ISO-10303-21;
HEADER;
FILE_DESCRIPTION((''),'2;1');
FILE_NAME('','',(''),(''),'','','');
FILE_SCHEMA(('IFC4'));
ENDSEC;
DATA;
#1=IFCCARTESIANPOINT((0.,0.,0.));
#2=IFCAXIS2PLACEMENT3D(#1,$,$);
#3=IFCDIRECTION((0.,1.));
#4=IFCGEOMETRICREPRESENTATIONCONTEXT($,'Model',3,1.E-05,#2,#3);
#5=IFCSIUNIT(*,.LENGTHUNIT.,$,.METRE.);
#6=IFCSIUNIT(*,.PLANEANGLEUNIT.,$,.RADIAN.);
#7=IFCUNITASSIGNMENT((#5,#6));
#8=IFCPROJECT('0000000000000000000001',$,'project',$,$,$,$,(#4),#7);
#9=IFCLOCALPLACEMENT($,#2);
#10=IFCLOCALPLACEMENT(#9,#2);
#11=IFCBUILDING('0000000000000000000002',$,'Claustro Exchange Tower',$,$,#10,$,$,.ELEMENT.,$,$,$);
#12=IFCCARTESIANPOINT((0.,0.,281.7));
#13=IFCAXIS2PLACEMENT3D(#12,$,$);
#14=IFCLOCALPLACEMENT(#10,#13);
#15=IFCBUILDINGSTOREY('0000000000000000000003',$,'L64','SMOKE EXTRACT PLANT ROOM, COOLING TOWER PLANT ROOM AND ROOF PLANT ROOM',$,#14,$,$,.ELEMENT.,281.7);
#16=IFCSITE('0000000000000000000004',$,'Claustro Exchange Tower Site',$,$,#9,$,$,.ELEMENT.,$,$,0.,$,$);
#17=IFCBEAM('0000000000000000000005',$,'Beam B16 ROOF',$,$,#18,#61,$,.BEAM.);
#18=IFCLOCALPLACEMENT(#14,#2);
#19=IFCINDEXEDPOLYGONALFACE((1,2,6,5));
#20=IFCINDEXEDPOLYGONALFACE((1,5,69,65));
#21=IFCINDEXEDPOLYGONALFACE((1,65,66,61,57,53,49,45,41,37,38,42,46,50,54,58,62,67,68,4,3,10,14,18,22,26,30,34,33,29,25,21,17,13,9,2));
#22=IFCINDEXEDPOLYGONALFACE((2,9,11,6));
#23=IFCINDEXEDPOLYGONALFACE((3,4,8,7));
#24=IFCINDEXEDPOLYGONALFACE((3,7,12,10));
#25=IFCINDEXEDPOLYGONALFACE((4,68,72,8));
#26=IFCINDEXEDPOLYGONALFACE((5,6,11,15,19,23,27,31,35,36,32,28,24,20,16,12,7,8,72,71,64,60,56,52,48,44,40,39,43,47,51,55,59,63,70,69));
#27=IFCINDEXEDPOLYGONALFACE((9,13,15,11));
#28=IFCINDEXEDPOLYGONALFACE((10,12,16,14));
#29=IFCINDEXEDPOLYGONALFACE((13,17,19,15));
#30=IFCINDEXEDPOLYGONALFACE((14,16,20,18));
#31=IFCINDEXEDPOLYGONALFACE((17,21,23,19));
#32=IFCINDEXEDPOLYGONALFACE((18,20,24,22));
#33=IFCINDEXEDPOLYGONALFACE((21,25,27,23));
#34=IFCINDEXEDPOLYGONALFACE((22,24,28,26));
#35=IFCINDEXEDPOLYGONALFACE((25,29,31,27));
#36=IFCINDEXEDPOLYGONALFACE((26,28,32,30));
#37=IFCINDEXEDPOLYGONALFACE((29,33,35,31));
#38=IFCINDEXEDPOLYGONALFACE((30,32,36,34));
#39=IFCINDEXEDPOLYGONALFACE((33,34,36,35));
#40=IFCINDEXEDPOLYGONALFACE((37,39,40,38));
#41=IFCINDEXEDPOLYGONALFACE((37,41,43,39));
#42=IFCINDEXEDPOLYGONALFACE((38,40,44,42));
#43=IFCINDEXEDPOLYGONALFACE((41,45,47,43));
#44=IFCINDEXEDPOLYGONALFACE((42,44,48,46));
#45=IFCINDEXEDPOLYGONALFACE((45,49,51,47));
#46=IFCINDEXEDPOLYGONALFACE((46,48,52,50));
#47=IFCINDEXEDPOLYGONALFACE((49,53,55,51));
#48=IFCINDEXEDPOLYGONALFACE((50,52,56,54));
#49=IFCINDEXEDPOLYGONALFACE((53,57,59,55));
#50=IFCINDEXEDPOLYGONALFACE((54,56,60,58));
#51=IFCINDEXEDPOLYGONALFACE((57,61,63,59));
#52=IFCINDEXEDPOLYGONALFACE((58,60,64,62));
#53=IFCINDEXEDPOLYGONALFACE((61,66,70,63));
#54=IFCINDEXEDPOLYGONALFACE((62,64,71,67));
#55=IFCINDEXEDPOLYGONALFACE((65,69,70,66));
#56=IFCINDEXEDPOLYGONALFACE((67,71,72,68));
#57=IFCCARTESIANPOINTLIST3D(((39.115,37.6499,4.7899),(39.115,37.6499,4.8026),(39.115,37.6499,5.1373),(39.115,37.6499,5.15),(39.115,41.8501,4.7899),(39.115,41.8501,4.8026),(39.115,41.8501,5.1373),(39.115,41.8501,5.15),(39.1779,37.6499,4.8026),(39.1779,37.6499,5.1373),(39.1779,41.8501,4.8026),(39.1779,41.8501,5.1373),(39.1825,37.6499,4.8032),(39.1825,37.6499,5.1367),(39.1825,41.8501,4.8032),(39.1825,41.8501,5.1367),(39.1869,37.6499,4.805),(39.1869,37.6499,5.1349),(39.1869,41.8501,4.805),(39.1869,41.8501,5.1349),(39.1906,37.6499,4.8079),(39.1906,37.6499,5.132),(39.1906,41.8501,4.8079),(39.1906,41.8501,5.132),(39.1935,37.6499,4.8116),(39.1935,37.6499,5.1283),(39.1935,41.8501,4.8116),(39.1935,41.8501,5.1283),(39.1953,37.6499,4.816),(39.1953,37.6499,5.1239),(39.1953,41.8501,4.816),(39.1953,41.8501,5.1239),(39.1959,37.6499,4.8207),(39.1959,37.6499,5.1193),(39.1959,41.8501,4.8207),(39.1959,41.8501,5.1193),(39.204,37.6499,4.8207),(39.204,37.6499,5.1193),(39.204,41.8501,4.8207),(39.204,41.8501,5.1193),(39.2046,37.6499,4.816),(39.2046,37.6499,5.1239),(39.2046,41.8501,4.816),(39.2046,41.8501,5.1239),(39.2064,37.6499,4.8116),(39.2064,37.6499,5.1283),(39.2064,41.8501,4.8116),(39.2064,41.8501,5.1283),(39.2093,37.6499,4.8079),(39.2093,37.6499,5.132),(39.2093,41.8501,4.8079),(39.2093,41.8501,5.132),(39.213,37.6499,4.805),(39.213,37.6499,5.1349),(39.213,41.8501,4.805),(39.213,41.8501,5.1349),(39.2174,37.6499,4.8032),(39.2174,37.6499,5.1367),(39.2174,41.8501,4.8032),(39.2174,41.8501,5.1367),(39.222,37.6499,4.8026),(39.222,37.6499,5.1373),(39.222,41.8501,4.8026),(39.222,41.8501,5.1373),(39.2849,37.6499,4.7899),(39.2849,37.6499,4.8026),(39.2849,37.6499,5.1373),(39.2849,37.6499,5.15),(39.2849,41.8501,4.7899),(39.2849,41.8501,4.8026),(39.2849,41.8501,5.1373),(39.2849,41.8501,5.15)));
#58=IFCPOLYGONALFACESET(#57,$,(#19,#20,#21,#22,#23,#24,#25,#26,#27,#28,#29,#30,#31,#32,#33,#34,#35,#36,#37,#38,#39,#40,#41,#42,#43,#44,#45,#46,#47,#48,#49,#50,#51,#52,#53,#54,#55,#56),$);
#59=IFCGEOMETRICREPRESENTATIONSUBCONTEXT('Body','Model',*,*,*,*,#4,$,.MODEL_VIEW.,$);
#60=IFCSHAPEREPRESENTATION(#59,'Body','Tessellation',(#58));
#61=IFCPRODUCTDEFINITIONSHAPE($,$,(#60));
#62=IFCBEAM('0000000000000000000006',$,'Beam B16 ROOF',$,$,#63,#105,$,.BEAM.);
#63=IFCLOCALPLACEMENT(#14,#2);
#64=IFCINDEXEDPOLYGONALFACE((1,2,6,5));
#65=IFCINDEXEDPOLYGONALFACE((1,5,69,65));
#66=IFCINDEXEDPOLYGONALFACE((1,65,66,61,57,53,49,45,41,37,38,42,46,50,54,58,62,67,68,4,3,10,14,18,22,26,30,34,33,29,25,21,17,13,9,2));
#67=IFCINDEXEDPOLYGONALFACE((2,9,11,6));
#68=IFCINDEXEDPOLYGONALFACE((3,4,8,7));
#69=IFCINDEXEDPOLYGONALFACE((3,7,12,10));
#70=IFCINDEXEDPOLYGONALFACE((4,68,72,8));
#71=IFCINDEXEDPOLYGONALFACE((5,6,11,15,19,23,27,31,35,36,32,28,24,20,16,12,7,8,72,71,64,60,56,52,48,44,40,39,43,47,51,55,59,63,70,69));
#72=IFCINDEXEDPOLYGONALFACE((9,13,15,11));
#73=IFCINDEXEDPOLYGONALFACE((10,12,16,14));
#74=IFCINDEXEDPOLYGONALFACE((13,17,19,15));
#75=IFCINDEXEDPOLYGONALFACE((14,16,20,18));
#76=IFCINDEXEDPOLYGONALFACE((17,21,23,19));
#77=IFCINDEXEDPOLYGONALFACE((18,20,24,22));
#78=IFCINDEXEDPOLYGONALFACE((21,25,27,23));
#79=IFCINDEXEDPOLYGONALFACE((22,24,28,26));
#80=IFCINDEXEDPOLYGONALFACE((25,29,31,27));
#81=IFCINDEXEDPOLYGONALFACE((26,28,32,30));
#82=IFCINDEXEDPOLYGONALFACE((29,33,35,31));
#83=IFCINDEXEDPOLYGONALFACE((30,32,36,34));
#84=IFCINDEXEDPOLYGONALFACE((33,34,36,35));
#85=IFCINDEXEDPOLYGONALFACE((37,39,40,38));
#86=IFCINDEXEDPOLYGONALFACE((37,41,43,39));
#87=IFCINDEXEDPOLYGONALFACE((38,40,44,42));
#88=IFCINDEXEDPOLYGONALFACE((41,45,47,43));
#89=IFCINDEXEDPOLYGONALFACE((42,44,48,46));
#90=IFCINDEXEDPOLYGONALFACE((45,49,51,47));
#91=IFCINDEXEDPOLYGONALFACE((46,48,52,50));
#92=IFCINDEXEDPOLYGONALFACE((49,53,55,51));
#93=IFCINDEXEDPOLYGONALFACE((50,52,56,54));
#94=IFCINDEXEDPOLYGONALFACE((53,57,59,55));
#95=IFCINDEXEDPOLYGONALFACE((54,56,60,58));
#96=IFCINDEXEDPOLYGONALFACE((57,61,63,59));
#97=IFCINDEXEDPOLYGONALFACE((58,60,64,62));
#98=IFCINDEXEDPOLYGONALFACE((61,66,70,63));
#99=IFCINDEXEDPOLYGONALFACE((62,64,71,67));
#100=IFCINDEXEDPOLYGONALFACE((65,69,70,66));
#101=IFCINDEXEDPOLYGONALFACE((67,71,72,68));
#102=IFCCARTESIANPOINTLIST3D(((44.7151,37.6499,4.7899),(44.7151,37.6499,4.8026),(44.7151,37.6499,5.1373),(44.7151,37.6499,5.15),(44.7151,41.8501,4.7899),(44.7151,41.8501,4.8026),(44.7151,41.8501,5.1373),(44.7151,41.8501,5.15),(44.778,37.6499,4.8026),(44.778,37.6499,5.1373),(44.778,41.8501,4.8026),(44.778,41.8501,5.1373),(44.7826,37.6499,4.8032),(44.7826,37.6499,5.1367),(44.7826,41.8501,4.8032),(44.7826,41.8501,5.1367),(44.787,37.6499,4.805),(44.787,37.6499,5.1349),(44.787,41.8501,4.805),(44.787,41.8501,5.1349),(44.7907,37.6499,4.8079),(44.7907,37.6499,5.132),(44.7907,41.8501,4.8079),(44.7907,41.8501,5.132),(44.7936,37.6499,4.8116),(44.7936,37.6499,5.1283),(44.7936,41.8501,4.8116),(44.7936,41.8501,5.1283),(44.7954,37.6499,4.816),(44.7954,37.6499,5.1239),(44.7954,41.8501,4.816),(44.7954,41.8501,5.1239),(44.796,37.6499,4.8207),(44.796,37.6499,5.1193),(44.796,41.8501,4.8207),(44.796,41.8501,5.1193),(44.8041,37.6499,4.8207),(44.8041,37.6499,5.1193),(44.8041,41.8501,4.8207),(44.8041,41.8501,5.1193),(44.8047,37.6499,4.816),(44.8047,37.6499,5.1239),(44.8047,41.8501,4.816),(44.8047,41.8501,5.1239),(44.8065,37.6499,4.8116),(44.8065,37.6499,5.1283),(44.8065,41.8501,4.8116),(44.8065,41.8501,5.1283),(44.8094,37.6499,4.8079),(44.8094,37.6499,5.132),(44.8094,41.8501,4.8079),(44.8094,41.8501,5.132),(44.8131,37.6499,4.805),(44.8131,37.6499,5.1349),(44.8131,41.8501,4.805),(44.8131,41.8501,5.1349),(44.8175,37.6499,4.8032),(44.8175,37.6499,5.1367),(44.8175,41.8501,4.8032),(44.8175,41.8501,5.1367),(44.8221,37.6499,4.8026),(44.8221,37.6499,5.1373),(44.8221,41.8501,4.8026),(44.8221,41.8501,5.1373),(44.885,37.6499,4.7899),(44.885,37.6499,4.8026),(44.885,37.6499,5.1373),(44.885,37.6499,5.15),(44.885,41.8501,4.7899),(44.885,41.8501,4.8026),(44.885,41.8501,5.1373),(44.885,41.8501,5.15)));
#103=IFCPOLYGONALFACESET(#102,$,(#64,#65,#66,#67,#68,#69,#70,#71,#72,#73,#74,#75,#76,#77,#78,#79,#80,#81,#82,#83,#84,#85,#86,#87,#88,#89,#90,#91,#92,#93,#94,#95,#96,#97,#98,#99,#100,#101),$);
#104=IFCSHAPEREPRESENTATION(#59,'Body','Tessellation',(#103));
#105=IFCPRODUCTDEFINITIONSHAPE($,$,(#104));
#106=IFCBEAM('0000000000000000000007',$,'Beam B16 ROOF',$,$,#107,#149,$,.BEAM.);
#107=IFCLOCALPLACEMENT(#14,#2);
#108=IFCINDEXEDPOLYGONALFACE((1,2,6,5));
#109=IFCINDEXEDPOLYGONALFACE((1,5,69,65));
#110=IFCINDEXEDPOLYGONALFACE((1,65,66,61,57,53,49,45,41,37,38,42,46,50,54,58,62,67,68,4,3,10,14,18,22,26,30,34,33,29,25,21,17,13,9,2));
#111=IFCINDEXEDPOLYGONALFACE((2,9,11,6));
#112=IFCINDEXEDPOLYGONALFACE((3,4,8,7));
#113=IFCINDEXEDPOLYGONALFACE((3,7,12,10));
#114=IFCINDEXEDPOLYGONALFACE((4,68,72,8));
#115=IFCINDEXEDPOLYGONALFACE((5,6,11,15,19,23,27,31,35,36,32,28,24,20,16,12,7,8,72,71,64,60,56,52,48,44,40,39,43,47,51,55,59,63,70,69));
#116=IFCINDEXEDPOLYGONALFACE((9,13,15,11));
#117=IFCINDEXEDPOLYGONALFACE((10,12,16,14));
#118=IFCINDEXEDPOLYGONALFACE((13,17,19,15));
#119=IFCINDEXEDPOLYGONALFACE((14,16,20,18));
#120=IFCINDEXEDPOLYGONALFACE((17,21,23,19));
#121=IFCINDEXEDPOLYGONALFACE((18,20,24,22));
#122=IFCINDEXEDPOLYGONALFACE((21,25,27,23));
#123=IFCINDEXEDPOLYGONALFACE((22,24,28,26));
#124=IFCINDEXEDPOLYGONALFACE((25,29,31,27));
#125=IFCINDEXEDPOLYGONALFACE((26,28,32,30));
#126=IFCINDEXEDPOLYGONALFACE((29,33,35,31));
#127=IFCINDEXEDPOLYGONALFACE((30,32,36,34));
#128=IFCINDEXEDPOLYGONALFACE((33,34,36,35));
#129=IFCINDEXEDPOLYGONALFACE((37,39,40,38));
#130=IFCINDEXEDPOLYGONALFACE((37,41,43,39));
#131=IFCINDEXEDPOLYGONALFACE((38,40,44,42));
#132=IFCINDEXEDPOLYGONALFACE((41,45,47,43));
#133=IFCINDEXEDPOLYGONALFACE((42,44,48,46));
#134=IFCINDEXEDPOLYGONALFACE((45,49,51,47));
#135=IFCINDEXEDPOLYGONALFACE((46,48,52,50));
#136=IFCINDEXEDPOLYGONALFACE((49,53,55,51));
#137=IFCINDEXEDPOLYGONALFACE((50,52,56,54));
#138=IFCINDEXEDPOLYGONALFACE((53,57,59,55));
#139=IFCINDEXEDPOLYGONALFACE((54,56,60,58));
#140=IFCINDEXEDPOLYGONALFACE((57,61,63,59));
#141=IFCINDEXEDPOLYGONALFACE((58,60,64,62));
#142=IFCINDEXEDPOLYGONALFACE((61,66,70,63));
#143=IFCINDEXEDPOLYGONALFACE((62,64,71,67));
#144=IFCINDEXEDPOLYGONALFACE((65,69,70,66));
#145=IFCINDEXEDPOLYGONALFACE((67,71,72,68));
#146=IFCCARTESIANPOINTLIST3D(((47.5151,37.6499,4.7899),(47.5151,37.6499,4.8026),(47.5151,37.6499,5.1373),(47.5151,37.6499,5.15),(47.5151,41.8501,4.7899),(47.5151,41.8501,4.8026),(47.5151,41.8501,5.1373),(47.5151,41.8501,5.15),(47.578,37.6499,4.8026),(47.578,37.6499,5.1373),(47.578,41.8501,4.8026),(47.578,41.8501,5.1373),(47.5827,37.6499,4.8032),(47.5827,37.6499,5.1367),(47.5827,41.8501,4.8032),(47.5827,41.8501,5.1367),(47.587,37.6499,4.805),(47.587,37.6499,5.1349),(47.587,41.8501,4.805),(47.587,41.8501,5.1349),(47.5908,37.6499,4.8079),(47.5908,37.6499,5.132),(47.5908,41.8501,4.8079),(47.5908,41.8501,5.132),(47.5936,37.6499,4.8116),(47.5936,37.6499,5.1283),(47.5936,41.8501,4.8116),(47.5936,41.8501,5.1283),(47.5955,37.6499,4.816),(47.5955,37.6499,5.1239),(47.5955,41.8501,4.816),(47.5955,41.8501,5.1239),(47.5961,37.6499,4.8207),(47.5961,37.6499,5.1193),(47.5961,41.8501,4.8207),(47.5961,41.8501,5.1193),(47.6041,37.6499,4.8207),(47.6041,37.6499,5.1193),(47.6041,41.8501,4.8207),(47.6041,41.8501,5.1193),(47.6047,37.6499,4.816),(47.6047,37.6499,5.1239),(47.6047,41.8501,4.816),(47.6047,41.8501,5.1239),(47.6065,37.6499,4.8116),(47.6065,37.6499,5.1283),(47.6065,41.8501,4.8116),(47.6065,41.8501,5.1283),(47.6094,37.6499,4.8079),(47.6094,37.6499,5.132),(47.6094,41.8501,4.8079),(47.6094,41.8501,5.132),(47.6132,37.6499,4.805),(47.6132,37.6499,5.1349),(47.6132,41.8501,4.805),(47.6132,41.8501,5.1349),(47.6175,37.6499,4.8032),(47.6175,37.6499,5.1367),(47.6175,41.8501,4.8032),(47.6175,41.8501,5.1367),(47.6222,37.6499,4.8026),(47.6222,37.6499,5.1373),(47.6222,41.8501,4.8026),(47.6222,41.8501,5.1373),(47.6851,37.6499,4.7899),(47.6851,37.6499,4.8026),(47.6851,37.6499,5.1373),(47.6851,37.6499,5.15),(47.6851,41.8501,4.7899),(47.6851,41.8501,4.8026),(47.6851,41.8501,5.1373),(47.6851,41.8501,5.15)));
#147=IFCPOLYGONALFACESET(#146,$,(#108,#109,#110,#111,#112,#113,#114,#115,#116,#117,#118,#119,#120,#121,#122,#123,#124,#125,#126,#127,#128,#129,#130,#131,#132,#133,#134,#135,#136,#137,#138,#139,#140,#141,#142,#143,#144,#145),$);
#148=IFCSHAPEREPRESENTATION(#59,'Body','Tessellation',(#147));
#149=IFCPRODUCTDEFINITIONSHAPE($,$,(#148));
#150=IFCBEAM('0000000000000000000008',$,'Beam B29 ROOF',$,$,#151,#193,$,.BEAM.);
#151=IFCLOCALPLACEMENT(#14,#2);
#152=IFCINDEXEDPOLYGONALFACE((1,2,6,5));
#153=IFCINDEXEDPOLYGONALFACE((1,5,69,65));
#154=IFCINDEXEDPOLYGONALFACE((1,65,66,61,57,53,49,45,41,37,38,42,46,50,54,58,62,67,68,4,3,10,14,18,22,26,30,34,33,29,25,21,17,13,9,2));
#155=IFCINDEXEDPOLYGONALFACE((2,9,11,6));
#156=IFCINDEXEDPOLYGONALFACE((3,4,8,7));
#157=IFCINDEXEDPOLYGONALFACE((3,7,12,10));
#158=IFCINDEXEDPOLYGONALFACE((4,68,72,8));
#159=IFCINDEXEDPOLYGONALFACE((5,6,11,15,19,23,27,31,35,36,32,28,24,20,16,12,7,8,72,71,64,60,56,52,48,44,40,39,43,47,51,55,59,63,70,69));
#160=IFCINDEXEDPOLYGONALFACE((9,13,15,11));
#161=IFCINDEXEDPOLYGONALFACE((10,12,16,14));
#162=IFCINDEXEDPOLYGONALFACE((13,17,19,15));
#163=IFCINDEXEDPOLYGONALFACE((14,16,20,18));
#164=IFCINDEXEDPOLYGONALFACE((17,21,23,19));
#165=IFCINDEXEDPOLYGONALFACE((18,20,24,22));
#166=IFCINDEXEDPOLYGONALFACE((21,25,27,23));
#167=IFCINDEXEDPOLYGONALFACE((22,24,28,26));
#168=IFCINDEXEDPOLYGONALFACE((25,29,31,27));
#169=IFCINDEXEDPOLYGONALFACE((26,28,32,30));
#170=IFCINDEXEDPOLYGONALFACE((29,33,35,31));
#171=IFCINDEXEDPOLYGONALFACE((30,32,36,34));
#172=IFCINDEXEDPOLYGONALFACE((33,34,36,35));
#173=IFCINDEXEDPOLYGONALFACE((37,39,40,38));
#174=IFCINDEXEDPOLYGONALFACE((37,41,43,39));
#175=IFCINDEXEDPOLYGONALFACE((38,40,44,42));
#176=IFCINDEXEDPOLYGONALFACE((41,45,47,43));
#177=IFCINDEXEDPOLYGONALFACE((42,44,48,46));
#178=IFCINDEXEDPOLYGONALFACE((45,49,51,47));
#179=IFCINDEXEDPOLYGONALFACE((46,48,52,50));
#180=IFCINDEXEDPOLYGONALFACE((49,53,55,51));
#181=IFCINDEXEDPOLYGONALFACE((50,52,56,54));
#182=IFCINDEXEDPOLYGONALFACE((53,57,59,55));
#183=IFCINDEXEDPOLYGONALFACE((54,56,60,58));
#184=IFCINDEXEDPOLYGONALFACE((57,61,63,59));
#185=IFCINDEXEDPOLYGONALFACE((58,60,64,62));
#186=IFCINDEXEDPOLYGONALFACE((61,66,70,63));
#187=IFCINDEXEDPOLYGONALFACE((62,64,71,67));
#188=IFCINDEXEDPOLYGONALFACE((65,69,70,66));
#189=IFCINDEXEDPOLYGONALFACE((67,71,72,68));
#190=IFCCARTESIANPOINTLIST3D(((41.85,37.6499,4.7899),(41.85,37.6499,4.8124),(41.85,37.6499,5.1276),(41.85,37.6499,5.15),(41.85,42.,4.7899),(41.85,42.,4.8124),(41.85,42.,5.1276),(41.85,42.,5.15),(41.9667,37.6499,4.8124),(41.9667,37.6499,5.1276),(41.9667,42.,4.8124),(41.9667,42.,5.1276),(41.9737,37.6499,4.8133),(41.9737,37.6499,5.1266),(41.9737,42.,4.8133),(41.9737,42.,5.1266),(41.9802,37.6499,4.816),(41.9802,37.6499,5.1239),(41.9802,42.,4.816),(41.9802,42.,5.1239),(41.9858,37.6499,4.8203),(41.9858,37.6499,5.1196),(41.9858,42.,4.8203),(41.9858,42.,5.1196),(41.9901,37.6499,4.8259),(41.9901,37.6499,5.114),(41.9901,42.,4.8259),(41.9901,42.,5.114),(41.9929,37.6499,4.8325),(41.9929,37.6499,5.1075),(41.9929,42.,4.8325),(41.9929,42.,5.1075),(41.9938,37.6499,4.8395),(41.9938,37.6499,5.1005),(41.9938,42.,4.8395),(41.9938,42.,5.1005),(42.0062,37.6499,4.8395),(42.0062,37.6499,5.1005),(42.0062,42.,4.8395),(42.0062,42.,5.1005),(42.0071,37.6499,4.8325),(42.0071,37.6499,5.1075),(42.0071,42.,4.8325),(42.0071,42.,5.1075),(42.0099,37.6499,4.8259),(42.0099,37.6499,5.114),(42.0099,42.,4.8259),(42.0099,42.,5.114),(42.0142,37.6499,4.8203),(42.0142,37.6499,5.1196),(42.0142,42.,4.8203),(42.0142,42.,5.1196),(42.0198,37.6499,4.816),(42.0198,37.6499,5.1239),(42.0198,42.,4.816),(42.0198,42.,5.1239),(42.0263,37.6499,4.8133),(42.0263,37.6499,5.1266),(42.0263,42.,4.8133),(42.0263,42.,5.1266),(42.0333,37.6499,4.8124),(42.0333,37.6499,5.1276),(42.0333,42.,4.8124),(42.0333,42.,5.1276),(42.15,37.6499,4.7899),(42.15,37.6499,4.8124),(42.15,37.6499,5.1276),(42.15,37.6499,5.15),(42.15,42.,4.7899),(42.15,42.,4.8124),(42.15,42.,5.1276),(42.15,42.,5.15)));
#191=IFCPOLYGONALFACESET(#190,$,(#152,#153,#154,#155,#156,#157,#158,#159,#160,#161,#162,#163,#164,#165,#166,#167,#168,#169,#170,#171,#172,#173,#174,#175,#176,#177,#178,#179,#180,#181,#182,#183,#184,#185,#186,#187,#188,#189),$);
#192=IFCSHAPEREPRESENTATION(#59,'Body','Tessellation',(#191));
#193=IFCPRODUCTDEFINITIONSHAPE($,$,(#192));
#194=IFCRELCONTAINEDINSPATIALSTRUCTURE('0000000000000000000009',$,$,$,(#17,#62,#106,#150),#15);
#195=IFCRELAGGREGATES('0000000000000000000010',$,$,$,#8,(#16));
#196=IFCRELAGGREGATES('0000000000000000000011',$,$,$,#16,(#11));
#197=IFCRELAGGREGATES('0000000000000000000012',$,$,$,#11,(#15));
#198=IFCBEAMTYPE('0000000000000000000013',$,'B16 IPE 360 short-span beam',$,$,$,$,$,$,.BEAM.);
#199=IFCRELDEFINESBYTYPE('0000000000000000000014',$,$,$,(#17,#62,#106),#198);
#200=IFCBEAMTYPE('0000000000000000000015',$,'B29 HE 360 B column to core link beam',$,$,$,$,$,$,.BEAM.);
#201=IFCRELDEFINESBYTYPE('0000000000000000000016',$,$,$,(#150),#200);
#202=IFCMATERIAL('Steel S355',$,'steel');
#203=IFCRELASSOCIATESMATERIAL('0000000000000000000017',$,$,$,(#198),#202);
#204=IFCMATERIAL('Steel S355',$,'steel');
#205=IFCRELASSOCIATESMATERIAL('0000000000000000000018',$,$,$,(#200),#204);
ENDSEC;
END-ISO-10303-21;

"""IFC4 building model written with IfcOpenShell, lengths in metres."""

from ifc_helpers import new_model, si_unit, direction, frame, origin, origin_2d, place, context, subcontext, project, spatial, i_section, extrude, material, material_profile, profile_set, type_object, element, save


model = new_model("IFC4")

# Units and contexts
model_context = context("Model", 3, precision=1e-05, world=origin(), true_north=direction((0.0, 1.0)))
body_context = subcontext(model_context, "Body", "Model", "MODEL_VIEW")
ifc_project = project(units=[si_unit("LENGTHUNIT", "METRE"), si_unit("PLANEANGLEUNIT", "RADIAN")], contexts=[model_context])

# Site, building, storey
site_placement = place(None, origin())
site = spatial("IfcSite", under=ifc_project, at=site_placement, Name="Claustro Exchange Tower Site", CompositionType="ELEMENT", RefElevation=0.0)
building_placement = place(site_placement, origin())
building = spatial("IfcBuilding", under=site, at=building_placement, Name="Claustro Exchange Tower", CompositionType="ELEMENT")
storey_placement = place(building_placement, frame((0.0, 0.0, 281.7)))
storey = spatial("IfcBuildingStorey", under=building, at=storey_placement, Name="L64", Description="SMOKE EXTRACT PLANT ROOM, COOLING TOWER PLANT ROOM AND ROOF PLANT ROOM", CompositionType="ELEMENT", Elevation=281.7)

# Beams
ifc_material_1 = material(Name="Steel S355", Category="steel")
ifc_material_profile_1 = material_profile(ifc_material_1, i_section(OverallWidth=0.1699, OverallDepth=0.3601, WebThickness=0.0081, FlangeThickness=0.0127, FilletRadius=0.0181, at=origin_2d()), Name="IPE 360")
ifc_profile_set_1 = profile_set([ifc_material_profile_1], Name="Steel S355")
beam_type_1 = type_object("IfcBeamType", Name="B16 IPE 360 short-span beam", PredefinedType="BEAM", material=ifc_profile_set_1)
for number, where, z_axis, x_axis, name in (
    (1, (39.2, 37.6499, 4.97), (0.0, 1.0, 0.0), (-1.0, 0.0, 0.0), "Beam B16 ROOF"),
    (2, (44.8, 37.6499, 4.97), (0.0, 1.0, 0.0), (-1.0, 0.0, 0.0), "Beam B16 ROOF"),
    (3, (47.6001, 37.6499, 4.97), (0.0, 1.0, 0.0), (-1.0, 0.0, 0.0), "Beam B16 ROOF"),
):
    element("IfcBeam", number, at=place(storey_placement, frame(where, z_axis=z_axis, x_axis=x_axis)), inside=storey, type_object=beam_type_1, Name=name, PredefinedType="BEAM", context=body_context, shape_type="SweptSolid", body=[
        extrude(i_section(OverallWidth=0.1699, OverallDepth=0.3601, WebThickness=0.0081, FlangeThickness=0.0127, FilletRadius=0.0181, at=origin_2d()), origin(), (0.0, 0.0, 1.0), 4.2002),
    ])
ifc_material_2 = material(Name="Steel S355", Category="steel")
ifc_material_profile_2 = material_profile(ifc_material_2, i_section(OverallWidth=0.3, OverallDepth=0.3601, WebThickness=0.0125, FlangeThickness=0.0225, FilletRadius=0.0271, at=origin_2d()), Name="HE 360 B")
ifc_profile_set_2 = profile_set([ifc_material_profile_2], Name="Steel S355")
beam_type_2 = type_object("IfcBeamType", Name="B29 HE 360 B column to core link beam", PredefinedType="BEAM", material=ifc_profile_set_2)
beam_1_placement = place(storey_placement, frame((42.0, 37.6499, 4.97), z_axis=(0.0, 1.0, 0.0), x_axis=(-1.0, 0.0, 0.0)))
element("IfcBeam", 4, at=beam_1_placement, inside=storey, type_object=beam_type_2, Name="Beam B29 ROOF", PredefinedType="BEAM", context=body_context, shape_type="SweptSolid", body=[
    extrude(i_section(OverallWidth=0.3, OverallDepth=0.3601, WebThickness=0.0125, FlangeThickness=0.0225, FilletRadius=0.0271, at=origin_2d()), origin(), (0.0, 0.0, 1.0), 4.3501),
])

save(model, "model.ifc")
